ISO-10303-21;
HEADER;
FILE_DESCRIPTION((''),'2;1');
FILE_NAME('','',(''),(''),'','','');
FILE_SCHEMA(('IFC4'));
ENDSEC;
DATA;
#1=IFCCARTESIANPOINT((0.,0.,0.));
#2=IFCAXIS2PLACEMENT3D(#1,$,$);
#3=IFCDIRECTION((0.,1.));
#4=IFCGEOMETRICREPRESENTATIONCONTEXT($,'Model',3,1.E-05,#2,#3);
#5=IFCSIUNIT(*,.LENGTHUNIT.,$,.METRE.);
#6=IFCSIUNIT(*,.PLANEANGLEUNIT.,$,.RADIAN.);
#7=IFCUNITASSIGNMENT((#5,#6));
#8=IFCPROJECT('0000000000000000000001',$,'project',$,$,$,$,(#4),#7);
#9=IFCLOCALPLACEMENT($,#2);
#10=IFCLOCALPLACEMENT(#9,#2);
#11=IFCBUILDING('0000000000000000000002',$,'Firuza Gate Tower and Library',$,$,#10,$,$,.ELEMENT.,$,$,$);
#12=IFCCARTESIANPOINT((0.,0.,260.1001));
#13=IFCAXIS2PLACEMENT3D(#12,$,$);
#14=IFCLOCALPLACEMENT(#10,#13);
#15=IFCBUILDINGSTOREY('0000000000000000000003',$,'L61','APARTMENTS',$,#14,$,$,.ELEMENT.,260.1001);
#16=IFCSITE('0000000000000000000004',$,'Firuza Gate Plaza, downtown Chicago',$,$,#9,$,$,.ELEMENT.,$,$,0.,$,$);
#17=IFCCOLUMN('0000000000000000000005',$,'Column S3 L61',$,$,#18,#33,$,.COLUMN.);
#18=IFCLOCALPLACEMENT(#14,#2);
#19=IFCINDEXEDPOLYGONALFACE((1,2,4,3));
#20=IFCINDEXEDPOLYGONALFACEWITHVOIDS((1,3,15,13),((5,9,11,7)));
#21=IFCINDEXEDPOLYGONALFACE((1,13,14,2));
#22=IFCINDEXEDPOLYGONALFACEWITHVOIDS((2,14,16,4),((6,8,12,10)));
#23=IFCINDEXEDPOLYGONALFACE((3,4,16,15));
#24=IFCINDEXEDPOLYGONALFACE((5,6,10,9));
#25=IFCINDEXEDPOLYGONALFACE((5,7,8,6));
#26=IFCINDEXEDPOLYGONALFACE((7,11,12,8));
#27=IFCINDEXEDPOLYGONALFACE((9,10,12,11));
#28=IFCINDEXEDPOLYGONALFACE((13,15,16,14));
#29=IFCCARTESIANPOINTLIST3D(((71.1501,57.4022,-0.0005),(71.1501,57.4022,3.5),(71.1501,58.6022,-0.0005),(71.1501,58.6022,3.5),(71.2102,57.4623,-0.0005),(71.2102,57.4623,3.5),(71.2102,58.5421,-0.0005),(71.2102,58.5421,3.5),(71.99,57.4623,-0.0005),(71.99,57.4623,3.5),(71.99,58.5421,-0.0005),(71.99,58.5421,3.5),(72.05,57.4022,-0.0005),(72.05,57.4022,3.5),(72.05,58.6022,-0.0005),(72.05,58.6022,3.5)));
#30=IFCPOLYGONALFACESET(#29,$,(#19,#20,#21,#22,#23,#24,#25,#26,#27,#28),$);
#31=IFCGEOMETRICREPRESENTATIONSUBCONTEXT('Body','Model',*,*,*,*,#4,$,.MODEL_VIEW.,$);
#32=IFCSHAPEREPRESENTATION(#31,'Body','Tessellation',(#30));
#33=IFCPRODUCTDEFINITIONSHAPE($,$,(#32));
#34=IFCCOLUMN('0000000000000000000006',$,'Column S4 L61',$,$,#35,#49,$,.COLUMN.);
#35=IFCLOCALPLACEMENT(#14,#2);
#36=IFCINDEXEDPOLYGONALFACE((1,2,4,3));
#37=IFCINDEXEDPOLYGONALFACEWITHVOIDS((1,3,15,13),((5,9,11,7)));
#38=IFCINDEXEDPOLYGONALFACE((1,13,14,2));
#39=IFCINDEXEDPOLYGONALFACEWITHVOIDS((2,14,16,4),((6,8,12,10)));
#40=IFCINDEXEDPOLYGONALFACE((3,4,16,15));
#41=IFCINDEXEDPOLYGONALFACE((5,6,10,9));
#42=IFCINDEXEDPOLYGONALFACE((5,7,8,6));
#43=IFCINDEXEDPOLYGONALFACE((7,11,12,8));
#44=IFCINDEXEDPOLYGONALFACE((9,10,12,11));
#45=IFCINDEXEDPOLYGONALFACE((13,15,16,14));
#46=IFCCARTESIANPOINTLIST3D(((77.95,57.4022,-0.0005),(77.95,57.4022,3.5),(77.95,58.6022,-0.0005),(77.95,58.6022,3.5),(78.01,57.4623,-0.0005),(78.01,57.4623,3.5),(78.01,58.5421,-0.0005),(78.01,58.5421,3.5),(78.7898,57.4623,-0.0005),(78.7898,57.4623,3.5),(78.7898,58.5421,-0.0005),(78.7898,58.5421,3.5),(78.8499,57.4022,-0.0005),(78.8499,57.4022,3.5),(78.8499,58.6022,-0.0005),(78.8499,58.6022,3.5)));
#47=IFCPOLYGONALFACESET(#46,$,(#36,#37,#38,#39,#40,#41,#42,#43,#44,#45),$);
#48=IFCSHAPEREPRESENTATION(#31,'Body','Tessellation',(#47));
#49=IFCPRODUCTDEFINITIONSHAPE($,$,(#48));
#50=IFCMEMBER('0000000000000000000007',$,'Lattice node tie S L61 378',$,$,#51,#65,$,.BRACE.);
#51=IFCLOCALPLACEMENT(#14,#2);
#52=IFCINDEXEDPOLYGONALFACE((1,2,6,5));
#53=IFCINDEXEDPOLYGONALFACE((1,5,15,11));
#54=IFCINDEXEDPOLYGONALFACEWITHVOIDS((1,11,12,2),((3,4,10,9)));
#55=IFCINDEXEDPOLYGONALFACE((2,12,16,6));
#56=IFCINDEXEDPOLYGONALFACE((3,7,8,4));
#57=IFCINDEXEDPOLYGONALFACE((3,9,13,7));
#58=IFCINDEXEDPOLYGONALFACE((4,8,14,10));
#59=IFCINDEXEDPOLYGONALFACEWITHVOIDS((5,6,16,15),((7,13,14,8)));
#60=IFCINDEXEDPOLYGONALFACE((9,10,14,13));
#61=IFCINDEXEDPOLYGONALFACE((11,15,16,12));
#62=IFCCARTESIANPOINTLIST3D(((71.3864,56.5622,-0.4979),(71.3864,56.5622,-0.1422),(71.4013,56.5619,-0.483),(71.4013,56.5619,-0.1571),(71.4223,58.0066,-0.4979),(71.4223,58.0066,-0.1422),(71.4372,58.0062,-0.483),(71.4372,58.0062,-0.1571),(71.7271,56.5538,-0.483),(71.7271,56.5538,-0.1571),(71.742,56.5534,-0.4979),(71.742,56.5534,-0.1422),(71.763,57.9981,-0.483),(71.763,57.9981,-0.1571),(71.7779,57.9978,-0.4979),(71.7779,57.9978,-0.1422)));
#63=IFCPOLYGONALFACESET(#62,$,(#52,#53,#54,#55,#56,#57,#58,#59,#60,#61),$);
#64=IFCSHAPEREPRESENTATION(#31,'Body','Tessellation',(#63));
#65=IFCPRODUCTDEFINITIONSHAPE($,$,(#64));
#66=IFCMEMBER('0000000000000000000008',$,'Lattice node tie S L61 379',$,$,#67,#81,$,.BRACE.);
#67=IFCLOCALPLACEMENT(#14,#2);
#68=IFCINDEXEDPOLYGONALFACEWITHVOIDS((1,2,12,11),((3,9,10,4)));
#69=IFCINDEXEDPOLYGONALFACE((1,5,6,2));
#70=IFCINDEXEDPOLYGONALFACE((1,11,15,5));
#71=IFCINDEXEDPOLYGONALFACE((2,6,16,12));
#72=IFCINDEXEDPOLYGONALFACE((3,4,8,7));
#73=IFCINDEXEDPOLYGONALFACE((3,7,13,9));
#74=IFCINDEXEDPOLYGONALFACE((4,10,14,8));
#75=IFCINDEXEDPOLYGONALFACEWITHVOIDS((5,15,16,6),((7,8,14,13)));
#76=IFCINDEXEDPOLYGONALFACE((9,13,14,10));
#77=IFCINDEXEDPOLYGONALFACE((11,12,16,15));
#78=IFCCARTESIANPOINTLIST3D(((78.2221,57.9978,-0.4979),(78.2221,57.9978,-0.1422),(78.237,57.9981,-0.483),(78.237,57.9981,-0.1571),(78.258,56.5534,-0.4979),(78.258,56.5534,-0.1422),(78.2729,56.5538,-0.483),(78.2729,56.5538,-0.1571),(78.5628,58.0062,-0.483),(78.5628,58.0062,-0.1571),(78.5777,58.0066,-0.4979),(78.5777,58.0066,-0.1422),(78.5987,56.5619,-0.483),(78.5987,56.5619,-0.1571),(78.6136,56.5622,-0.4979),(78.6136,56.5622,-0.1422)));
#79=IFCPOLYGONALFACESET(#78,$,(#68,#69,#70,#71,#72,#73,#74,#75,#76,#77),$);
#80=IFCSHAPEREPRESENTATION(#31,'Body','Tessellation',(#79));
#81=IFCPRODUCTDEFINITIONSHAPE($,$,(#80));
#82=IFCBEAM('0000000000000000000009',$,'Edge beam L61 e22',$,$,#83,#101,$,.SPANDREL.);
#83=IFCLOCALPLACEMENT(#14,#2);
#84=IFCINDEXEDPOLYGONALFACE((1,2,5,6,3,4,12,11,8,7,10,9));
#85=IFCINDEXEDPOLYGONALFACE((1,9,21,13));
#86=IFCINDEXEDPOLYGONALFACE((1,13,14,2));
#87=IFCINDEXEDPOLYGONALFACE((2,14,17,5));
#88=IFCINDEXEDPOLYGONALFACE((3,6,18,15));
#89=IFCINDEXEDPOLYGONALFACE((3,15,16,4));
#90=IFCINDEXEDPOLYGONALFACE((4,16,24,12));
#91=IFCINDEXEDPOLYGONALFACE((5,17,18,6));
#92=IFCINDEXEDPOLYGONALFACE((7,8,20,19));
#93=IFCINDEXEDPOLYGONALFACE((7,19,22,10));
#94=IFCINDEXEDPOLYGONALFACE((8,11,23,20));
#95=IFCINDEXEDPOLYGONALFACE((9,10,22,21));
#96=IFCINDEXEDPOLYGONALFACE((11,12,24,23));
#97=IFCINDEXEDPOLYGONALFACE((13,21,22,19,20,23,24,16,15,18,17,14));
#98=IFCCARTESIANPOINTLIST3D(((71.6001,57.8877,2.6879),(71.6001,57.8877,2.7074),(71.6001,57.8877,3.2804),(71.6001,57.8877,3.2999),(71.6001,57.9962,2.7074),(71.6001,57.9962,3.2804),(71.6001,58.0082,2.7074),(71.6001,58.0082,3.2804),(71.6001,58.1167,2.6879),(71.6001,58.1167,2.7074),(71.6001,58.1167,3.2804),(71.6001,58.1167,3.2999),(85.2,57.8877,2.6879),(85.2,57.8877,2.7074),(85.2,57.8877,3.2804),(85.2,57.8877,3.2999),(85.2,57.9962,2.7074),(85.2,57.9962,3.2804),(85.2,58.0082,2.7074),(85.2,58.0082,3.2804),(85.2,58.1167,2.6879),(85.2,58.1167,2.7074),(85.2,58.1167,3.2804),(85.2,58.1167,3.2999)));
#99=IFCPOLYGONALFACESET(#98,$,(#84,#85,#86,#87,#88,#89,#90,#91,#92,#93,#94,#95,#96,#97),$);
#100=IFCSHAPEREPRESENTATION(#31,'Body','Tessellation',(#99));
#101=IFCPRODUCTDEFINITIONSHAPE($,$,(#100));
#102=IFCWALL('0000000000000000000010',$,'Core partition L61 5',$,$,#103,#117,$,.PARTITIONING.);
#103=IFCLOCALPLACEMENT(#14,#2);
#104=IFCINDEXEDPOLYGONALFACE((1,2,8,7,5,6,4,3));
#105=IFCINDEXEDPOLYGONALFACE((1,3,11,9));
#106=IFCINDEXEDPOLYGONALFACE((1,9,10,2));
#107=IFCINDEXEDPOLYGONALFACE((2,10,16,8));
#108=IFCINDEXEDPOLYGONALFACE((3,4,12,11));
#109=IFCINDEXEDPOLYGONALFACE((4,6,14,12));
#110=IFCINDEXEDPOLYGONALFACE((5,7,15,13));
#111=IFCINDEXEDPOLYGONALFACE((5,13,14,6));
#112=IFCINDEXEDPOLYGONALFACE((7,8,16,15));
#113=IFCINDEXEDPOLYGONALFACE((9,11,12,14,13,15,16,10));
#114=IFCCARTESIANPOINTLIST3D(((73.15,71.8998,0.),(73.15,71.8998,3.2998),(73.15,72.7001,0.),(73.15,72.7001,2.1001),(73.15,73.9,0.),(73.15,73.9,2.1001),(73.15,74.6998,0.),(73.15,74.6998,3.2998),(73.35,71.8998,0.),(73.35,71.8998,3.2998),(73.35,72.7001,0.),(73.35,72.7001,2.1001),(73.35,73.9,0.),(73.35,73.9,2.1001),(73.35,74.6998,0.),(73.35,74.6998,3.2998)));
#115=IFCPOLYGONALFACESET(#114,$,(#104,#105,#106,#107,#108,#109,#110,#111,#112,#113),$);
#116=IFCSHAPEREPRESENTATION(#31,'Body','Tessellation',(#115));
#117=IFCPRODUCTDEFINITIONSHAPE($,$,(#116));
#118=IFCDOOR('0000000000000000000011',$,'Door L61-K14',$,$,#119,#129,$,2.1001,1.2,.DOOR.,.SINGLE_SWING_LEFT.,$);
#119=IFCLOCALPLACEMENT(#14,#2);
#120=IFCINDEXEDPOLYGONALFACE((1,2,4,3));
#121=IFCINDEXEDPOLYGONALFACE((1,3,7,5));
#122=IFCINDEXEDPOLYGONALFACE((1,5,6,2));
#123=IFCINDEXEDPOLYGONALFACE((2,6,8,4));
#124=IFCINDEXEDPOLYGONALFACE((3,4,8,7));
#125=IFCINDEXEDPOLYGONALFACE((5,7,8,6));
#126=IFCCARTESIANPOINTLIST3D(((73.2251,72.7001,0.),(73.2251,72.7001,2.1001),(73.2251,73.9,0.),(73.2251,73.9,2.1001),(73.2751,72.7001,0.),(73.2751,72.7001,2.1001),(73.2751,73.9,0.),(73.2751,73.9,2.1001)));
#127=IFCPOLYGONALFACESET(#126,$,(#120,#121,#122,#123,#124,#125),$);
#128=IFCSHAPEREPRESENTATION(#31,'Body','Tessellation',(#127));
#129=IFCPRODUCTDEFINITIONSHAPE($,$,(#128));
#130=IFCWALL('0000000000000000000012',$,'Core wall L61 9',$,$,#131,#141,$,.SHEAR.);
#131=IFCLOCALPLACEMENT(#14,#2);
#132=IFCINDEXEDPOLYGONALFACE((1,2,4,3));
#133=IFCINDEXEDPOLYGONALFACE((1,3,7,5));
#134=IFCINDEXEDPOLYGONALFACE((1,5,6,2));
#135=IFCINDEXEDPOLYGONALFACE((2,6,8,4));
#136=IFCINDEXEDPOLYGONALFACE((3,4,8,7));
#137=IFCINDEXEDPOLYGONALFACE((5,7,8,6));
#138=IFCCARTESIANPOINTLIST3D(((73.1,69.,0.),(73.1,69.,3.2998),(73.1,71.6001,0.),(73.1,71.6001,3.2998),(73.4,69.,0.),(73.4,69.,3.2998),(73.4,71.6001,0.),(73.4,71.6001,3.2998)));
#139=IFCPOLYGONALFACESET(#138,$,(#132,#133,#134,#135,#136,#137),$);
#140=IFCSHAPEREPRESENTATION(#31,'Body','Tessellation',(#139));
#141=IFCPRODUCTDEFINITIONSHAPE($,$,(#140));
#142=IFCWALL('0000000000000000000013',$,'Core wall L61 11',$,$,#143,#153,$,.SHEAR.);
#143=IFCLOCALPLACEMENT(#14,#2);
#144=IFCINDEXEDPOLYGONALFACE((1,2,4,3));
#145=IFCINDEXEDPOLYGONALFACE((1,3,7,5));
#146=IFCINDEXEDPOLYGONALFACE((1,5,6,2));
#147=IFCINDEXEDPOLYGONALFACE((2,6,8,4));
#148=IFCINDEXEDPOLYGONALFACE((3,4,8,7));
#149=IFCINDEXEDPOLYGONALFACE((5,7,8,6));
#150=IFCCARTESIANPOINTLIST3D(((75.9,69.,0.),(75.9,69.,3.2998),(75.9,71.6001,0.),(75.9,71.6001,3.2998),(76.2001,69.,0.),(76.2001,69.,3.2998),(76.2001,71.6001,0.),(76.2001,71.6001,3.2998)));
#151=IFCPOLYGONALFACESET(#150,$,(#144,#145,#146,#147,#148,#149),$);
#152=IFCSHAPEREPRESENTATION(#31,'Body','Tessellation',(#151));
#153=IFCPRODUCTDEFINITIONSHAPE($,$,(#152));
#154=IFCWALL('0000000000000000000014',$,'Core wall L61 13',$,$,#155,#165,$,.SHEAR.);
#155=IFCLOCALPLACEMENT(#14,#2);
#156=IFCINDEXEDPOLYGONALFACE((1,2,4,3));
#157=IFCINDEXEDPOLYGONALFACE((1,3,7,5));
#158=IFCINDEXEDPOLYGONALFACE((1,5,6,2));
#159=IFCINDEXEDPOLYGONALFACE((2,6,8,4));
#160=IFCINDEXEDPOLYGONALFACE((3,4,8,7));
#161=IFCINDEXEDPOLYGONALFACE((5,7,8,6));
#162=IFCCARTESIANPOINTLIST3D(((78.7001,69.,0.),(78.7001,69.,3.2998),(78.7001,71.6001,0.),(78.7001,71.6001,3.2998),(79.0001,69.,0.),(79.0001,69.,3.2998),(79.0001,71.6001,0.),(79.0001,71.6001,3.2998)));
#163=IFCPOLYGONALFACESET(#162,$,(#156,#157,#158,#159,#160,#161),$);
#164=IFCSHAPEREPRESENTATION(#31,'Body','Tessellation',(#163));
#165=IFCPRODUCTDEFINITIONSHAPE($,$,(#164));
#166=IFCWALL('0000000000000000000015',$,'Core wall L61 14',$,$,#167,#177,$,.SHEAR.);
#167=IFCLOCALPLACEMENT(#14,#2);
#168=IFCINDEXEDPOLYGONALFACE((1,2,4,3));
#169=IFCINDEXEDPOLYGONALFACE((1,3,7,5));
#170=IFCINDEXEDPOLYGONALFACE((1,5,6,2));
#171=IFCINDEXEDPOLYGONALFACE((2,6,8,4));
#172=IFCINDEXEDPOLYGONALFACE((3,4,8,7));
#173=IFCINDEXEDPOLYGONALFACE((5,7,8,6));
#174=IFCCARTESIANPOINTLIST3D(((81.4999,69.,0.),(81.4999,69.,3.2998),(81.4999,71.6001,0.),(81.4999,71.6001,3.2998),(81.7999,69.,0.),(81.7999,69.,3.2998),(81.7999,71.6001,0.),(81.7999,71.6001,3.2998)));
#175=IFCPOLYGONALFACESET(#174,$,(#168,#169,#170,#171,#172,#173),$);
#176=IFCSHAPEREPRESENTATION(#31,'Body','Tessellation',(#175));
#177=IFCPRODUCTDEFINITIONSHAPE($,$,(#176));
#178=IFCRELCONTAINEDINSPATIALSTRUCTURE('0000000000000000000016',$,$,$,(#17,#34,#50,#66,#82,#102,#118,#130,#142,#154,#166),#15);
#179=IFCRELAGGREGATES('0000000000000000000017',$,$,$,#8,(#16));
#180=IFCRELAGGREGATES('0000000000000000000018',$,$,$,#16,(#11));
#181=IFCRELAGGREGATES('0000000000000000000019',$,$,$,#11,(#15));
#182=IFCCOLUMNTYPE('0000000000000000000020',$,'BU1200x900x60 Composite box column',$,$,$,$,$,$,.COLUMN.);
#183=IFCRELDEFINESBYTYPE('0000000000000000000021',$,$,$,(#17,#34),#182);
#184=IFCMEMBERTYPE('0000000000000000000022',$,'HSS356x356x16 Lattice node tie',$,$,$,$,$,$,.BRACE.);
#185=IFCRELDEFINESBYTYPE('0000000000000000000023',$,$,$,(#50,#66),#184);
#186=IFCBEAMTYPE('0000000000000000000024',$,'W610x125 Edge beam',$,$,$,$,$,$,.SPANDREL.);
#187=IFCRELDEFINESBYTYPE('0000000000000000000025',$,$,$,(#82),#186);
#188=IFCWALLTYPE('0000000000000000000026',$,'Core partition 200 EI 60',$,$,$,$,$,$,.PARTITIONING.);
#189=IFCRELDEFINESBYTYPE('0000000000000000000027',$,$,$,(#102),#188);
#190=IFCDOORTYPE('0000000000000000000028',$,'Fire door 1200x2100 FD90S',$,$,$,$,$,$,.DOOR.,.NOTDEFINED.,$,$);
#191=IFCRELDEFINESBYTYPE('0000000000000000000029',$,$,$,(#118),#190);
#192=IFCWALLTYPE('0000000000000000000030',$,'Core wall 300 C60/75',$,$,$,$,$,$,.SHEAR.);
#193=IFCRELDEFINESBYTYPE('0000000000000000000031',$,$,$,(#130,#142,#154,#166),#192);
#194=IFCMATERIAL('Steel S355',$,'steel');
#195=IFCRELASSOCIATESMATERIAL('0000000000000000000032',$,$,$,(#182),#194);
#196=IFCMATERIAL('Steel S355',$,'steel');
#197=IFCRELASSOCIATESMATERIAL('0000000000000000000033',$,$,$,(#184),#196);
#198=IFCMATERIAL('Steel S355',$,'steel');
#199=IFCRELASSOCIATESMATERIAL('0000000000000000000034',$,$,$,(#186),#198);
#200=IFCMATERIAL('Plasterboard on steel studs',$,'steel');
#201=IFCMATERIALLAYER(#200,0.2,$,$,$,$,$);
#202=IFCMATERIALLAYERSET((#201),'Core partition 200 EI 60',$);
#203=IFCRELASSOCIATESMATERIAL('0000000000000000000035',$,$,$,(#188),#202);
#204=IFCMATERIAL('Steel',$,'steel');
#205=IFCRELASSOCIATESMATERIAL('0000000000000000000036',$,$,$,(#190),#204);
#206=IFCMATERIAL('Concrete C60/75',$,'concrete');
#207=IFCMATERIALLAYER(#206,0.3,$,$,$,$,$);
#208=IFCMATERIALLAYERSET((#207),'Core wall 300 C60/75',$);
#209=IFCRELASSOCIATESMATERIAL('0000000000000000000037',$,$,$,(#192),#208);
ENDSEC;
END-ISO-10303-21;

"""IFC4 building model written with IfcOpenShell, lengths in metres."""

from ifc_helpers import new_model, si_unit, direction, frame, frame_2d, origin, origin_2d, place, context, subcontext, project, spatial, rectangle, hollow_rectangle, i_section, extrude, material, layer, layer_set, material_profile, profile_set, type_object, element, fill, save


model = new_model("IFC4")

# Units and contexts
model_context = context("Model", 3, precision=1e-05, world=origin(), true_north=direction((0.0, 1.0)))
body_context = subcontext(model_context, "Body", "Model", "MODEL_VIEW")
ifc_project = project(units=[si_unit("LENGTHUNIT", "METRE"), si_unit("PLANEANGLEUNIT", "RADIAN")], contexts=[model_context])

# Site, building, storey
site_placement = place(None, origin())
site = spatial("IfcSite", under=ifc_project, at=site_placement, Name="Firuza Gate Plaza, downtown Chicago", CompositionType="ELEMENT", RefElevation=0.0)
building_placement = place(site_placement, origin())
building = spatial("IfcBuilding", under=site, at=building_placement, Name="Firuza Gate Tower and Library", CompositionType="ELEMENT")
storey_placement = place(building_placement, frame((0.0, 0.0, 260.1001)))
storey = spatial("IfcBuildingStorey", under=building, at=storey_placement, Name="L61", Description="APARTMENTS", CompositionType="ELEMENT", Elevation=260.1001)

# Columns
ifc_material_1 = material(Name="Steel S355", Category="steel")
ifc_material_profile_1 = material_profile(ifc_material_1, hollow_rectangle(XDim=0.8999, YDim=1.2, WallThickness=0.0601, at=origin_2d()))
ifc_profile_set_1 = profile_set([ifc_material_profile_1], Name="Steel S355")
column_type = type_object("IfcColumnType", Name="BU1200x900x60 Composite box column", PredefinedType="COLUMN", material=ifc_profile_set_1)
for number, where, z_axis, x_axis, name in (
    (1, (71.6001, 58.0022, -0.0005), (0.0, 0.0, 1.0), (1.0, 0.0, 0.0), "Column S3 L61"),
    (2, (78.3999, 58.0022, -0.0005), (0.0, 0.0, 1.0), (1.0, 0.0, 0.0), "Column S4 L61"),
):
    element("IfcColumn", number, at=place(storey_placement, frame(where, z_axis=z_axis, x_axis=x_axis)), inside=storey, type_object=column_type, Name=name, PredefinedType="COLUMN", context=body_context, shape_type="SweptSolid", body=[
        extrude(hollow_rectangle(XDim=0.8999, YDim=1.2, WallThickness=0.0601, at=origin_2d()), origin(), (0.0, 0.0, 1.0), 3.5005),
    ])

# Members
ifc_material_2 = material(Name="Steel S355", Category="steel")
ifc_material_profile_2 = material_profile(ifc_material_2, hollow_rectangle(XDim=0.3557, YDim=0.3557, WallThickness=0.0149, at=origin_2d()))
ifc_profile_set_2 = profile_set([ifc_material_profile_2], Name="Steel S355")
member_type = type_object("IfcMemberType", Name="HSS356x356x16 Lattice node tie", PredefinedType="BRACE", material=ifc_profile_set_2)
for number, where, z_axis, x_axis, name in (
    (3, (71.6001, 58.0022, -0.3201), (-0.02484, -0.999691, 0.0), (0.999691, -0.02484, 0.0), "Lattice node tie S L61 378"),
    (4, (78.3999, 58.0022, -0.3201), (0.02484, -0.999691, 0.0), (0.999691, 0.02484, 0.0), "Lattice node tie S L61 379"),
):
    element("IfcMember", number, at=place(storey_placement, frame(where, z_axis=z_axis, x_axis=x_axis)), inside=storey, type_object=member_type, Name=name, PredefinedType="BRACE", context=body_context, shape_type="SweptSolid", body=[
        extrude(hollow_rectangle(XDim=0.3557, YDim=0.3557, WallThickness=0.0149, at=origin_2d()), origin(), (0.0, 0.0, 1.0), 1.4448),
    ])

# Beam
ifc_material_3 = material(Name="Steel S355", Category="steel")
ifc_material_profile_3 = material_profile(ifc_material_3, i_section(OverallWidth=0.229, OverallDepth=0.6121, WebThickness=0.012, FlangeThickness=0.0195, at=origin_2d()))
ifc_profile_set_3 = profile_set([ifc_material_profile_3], Name="Steel S355")
beam_type = type_object("IfcBeamType", Name="W610x125 Edge beam", PredefinedType="SPANDREL", material=ifc_profile_set_3)
beam_placement = place(storey_placement, frame((71.6001, 58.0022, 2.9939), z_axis=(1.0, 0.0, 0.0), x_axis=(0.0, 1.0, 0.0)))
element("IfcBeam", 5, at=beam_placement, inside=storey, type_object=beam_type, Name="Edge beam L61 e22", PredefinedType="SPANDREL", context=body_context, shape_type="SweptSolid", body=[
    extrude(i_section(OverallWidth=0.229, OverallDepth=0.6121, WebThickness=0.012, FlangeThickness=0.0195, at=origin_2d()), origin(), (0.0, 0.0, 1.0), 13.5999),
])

# Wall, opening, door
ifc_material_4 = material(Name="Plasterboard on steel studs", Category="steel")
ifc_layer_1 = layer(ifc_material_4, 0.2)
ifc_layer_set_1 = layer_set([ifc_layer_1], Name="Core partition 200 EI 60")
wall_type_1 = type_object("IfcWallType", Name="Core partition 200 EI 60", PredefinedType="PARTITIONING", material=ifc_layer_set_1)
wall_1_placement = place(storey_placement, frame((73.25, 71.8999, 0.0), z_axis=(0.0, 0.0, 1.0), x_axis=(0.0, 1.0, 0.0)))
wall_1 = element("IfcWall", 6, at=wall_1_placement, inside=storey, type_object=wall_type_1, Name="Core partition L61 5", PredefinedType="PARTITIONING", context=body_context, shape_type="SweptSolid", body=[
    extrude(rectangle(XDim=2.8, YDim=0.2, at=frame_2d((1.3999, 0.0))), origin(), (0.0, 0.0, 1.0), 3.2998),
])
opening_1_placement = place(wall_1_placement, frame((0.8, 0.0, 0.0)))
opening_1 = element("IfcOpeningElement", 7, at=opening_1_placement, cuts=wall_1, PredefinedType="OPENING", context=body_context, shape_type="SweptSolid", body=[
    extrude(rectangle(XDim=1.2, YDim=2.1001, at=frame_2d((0.6001, 1.05))), frame((0.0, 0.1099, 0.0), z_axis=(0.0, -1.0, 0.0), x_axis=(1.0, 0.0, 0.0)), (0.0, 0.0, 1.0), 0.22),
])
ifc_material_5 = material(Name="Steel", Category="steel")
door_type_1 = type_object("IfcDoorType", Name="Fire door 1200x2100 FD90S", OperationType="NOTDEFINED", PredefinedType="DOOR", material=ifc_material_5)
door_1_placement = place(opening_1_placement, origin())
door_1 = element("IfcDoor", 8, at=door_1_placement, inside=storey, type_object=door_type_1, Name="Door L61-K14", OperationType="SINGLE_SWING_LEFT", OverallHeight=2.1001, OverallWidth=1.2, PredefinedType="DOOR", context=body_context, shape_type="SweptSolid", body=[
    extrude(rectangle(XDim=1.2, YDim=2.1001, at=frame_2d((0.6001, 1.05))), frame((0.0, 0.0249, 0.0), z_axis=(0.0, -1.0, 0.0), x_axis=(1.0, 0.0, 0.0)), (0.0, 0.0, 1.0), 0.05),
])
fill(opening_1, door_1)

# Walls
ifc_material_6 = material(Name="Concrete C60/75", Category="concrete")
ifc_layer_2 = layer(ifc_material_6, 0.3)
ifc_layer_set_2 = layer_set([ifc_layer_2], Name="Core wall 300 C60/75")
wall_type_2 = type_object("IfcWallType", Name="Core wall 300 C60/75", PredefinedType="SHEAR", material=ifc_layer_set_2)
for number, where, z_axis, x_axis, name in (
    (9, (73.25, 69.0, 0.0), (0.0, 0.0, 1.0), (0.0, 1.0, 0.0), "Core wall L61 9"),
    (10, (76.05, 69.0, 0.0), (0.0, 0.0, 1.0), (0.0, 1.0, 0.0), "Core wall L61 11"),
    (11, (78.8501, 69.0, 0.0), (0.0, 0.0, 1.0), (0.0, 1.0, 0.0), "Core wall L61 13"),
    (12, (81.6499, 69.0, 0.0), (0.0, 0.0, 1.0), (0.0, 1.0, 0.0), "Core wall L61 14"),
):
    element("IfcWall", number, at=place(storey_placement, frame(where, z_axis=z_axis, x_axis=x_axis)), inside=storey, type_object=wall_type_2, Name=name, PredefinedType="SHEAR", context=body_context, shape_type="SweptSolid", body=[
        extrude(rectangle(XDim=2.6001, YDim=0.3, at=frame_2d((1.3, 0.0))), origin(), (0.0, 0.0, 1.0), 3.2998),
    ])

save(model, "model.ifc")
